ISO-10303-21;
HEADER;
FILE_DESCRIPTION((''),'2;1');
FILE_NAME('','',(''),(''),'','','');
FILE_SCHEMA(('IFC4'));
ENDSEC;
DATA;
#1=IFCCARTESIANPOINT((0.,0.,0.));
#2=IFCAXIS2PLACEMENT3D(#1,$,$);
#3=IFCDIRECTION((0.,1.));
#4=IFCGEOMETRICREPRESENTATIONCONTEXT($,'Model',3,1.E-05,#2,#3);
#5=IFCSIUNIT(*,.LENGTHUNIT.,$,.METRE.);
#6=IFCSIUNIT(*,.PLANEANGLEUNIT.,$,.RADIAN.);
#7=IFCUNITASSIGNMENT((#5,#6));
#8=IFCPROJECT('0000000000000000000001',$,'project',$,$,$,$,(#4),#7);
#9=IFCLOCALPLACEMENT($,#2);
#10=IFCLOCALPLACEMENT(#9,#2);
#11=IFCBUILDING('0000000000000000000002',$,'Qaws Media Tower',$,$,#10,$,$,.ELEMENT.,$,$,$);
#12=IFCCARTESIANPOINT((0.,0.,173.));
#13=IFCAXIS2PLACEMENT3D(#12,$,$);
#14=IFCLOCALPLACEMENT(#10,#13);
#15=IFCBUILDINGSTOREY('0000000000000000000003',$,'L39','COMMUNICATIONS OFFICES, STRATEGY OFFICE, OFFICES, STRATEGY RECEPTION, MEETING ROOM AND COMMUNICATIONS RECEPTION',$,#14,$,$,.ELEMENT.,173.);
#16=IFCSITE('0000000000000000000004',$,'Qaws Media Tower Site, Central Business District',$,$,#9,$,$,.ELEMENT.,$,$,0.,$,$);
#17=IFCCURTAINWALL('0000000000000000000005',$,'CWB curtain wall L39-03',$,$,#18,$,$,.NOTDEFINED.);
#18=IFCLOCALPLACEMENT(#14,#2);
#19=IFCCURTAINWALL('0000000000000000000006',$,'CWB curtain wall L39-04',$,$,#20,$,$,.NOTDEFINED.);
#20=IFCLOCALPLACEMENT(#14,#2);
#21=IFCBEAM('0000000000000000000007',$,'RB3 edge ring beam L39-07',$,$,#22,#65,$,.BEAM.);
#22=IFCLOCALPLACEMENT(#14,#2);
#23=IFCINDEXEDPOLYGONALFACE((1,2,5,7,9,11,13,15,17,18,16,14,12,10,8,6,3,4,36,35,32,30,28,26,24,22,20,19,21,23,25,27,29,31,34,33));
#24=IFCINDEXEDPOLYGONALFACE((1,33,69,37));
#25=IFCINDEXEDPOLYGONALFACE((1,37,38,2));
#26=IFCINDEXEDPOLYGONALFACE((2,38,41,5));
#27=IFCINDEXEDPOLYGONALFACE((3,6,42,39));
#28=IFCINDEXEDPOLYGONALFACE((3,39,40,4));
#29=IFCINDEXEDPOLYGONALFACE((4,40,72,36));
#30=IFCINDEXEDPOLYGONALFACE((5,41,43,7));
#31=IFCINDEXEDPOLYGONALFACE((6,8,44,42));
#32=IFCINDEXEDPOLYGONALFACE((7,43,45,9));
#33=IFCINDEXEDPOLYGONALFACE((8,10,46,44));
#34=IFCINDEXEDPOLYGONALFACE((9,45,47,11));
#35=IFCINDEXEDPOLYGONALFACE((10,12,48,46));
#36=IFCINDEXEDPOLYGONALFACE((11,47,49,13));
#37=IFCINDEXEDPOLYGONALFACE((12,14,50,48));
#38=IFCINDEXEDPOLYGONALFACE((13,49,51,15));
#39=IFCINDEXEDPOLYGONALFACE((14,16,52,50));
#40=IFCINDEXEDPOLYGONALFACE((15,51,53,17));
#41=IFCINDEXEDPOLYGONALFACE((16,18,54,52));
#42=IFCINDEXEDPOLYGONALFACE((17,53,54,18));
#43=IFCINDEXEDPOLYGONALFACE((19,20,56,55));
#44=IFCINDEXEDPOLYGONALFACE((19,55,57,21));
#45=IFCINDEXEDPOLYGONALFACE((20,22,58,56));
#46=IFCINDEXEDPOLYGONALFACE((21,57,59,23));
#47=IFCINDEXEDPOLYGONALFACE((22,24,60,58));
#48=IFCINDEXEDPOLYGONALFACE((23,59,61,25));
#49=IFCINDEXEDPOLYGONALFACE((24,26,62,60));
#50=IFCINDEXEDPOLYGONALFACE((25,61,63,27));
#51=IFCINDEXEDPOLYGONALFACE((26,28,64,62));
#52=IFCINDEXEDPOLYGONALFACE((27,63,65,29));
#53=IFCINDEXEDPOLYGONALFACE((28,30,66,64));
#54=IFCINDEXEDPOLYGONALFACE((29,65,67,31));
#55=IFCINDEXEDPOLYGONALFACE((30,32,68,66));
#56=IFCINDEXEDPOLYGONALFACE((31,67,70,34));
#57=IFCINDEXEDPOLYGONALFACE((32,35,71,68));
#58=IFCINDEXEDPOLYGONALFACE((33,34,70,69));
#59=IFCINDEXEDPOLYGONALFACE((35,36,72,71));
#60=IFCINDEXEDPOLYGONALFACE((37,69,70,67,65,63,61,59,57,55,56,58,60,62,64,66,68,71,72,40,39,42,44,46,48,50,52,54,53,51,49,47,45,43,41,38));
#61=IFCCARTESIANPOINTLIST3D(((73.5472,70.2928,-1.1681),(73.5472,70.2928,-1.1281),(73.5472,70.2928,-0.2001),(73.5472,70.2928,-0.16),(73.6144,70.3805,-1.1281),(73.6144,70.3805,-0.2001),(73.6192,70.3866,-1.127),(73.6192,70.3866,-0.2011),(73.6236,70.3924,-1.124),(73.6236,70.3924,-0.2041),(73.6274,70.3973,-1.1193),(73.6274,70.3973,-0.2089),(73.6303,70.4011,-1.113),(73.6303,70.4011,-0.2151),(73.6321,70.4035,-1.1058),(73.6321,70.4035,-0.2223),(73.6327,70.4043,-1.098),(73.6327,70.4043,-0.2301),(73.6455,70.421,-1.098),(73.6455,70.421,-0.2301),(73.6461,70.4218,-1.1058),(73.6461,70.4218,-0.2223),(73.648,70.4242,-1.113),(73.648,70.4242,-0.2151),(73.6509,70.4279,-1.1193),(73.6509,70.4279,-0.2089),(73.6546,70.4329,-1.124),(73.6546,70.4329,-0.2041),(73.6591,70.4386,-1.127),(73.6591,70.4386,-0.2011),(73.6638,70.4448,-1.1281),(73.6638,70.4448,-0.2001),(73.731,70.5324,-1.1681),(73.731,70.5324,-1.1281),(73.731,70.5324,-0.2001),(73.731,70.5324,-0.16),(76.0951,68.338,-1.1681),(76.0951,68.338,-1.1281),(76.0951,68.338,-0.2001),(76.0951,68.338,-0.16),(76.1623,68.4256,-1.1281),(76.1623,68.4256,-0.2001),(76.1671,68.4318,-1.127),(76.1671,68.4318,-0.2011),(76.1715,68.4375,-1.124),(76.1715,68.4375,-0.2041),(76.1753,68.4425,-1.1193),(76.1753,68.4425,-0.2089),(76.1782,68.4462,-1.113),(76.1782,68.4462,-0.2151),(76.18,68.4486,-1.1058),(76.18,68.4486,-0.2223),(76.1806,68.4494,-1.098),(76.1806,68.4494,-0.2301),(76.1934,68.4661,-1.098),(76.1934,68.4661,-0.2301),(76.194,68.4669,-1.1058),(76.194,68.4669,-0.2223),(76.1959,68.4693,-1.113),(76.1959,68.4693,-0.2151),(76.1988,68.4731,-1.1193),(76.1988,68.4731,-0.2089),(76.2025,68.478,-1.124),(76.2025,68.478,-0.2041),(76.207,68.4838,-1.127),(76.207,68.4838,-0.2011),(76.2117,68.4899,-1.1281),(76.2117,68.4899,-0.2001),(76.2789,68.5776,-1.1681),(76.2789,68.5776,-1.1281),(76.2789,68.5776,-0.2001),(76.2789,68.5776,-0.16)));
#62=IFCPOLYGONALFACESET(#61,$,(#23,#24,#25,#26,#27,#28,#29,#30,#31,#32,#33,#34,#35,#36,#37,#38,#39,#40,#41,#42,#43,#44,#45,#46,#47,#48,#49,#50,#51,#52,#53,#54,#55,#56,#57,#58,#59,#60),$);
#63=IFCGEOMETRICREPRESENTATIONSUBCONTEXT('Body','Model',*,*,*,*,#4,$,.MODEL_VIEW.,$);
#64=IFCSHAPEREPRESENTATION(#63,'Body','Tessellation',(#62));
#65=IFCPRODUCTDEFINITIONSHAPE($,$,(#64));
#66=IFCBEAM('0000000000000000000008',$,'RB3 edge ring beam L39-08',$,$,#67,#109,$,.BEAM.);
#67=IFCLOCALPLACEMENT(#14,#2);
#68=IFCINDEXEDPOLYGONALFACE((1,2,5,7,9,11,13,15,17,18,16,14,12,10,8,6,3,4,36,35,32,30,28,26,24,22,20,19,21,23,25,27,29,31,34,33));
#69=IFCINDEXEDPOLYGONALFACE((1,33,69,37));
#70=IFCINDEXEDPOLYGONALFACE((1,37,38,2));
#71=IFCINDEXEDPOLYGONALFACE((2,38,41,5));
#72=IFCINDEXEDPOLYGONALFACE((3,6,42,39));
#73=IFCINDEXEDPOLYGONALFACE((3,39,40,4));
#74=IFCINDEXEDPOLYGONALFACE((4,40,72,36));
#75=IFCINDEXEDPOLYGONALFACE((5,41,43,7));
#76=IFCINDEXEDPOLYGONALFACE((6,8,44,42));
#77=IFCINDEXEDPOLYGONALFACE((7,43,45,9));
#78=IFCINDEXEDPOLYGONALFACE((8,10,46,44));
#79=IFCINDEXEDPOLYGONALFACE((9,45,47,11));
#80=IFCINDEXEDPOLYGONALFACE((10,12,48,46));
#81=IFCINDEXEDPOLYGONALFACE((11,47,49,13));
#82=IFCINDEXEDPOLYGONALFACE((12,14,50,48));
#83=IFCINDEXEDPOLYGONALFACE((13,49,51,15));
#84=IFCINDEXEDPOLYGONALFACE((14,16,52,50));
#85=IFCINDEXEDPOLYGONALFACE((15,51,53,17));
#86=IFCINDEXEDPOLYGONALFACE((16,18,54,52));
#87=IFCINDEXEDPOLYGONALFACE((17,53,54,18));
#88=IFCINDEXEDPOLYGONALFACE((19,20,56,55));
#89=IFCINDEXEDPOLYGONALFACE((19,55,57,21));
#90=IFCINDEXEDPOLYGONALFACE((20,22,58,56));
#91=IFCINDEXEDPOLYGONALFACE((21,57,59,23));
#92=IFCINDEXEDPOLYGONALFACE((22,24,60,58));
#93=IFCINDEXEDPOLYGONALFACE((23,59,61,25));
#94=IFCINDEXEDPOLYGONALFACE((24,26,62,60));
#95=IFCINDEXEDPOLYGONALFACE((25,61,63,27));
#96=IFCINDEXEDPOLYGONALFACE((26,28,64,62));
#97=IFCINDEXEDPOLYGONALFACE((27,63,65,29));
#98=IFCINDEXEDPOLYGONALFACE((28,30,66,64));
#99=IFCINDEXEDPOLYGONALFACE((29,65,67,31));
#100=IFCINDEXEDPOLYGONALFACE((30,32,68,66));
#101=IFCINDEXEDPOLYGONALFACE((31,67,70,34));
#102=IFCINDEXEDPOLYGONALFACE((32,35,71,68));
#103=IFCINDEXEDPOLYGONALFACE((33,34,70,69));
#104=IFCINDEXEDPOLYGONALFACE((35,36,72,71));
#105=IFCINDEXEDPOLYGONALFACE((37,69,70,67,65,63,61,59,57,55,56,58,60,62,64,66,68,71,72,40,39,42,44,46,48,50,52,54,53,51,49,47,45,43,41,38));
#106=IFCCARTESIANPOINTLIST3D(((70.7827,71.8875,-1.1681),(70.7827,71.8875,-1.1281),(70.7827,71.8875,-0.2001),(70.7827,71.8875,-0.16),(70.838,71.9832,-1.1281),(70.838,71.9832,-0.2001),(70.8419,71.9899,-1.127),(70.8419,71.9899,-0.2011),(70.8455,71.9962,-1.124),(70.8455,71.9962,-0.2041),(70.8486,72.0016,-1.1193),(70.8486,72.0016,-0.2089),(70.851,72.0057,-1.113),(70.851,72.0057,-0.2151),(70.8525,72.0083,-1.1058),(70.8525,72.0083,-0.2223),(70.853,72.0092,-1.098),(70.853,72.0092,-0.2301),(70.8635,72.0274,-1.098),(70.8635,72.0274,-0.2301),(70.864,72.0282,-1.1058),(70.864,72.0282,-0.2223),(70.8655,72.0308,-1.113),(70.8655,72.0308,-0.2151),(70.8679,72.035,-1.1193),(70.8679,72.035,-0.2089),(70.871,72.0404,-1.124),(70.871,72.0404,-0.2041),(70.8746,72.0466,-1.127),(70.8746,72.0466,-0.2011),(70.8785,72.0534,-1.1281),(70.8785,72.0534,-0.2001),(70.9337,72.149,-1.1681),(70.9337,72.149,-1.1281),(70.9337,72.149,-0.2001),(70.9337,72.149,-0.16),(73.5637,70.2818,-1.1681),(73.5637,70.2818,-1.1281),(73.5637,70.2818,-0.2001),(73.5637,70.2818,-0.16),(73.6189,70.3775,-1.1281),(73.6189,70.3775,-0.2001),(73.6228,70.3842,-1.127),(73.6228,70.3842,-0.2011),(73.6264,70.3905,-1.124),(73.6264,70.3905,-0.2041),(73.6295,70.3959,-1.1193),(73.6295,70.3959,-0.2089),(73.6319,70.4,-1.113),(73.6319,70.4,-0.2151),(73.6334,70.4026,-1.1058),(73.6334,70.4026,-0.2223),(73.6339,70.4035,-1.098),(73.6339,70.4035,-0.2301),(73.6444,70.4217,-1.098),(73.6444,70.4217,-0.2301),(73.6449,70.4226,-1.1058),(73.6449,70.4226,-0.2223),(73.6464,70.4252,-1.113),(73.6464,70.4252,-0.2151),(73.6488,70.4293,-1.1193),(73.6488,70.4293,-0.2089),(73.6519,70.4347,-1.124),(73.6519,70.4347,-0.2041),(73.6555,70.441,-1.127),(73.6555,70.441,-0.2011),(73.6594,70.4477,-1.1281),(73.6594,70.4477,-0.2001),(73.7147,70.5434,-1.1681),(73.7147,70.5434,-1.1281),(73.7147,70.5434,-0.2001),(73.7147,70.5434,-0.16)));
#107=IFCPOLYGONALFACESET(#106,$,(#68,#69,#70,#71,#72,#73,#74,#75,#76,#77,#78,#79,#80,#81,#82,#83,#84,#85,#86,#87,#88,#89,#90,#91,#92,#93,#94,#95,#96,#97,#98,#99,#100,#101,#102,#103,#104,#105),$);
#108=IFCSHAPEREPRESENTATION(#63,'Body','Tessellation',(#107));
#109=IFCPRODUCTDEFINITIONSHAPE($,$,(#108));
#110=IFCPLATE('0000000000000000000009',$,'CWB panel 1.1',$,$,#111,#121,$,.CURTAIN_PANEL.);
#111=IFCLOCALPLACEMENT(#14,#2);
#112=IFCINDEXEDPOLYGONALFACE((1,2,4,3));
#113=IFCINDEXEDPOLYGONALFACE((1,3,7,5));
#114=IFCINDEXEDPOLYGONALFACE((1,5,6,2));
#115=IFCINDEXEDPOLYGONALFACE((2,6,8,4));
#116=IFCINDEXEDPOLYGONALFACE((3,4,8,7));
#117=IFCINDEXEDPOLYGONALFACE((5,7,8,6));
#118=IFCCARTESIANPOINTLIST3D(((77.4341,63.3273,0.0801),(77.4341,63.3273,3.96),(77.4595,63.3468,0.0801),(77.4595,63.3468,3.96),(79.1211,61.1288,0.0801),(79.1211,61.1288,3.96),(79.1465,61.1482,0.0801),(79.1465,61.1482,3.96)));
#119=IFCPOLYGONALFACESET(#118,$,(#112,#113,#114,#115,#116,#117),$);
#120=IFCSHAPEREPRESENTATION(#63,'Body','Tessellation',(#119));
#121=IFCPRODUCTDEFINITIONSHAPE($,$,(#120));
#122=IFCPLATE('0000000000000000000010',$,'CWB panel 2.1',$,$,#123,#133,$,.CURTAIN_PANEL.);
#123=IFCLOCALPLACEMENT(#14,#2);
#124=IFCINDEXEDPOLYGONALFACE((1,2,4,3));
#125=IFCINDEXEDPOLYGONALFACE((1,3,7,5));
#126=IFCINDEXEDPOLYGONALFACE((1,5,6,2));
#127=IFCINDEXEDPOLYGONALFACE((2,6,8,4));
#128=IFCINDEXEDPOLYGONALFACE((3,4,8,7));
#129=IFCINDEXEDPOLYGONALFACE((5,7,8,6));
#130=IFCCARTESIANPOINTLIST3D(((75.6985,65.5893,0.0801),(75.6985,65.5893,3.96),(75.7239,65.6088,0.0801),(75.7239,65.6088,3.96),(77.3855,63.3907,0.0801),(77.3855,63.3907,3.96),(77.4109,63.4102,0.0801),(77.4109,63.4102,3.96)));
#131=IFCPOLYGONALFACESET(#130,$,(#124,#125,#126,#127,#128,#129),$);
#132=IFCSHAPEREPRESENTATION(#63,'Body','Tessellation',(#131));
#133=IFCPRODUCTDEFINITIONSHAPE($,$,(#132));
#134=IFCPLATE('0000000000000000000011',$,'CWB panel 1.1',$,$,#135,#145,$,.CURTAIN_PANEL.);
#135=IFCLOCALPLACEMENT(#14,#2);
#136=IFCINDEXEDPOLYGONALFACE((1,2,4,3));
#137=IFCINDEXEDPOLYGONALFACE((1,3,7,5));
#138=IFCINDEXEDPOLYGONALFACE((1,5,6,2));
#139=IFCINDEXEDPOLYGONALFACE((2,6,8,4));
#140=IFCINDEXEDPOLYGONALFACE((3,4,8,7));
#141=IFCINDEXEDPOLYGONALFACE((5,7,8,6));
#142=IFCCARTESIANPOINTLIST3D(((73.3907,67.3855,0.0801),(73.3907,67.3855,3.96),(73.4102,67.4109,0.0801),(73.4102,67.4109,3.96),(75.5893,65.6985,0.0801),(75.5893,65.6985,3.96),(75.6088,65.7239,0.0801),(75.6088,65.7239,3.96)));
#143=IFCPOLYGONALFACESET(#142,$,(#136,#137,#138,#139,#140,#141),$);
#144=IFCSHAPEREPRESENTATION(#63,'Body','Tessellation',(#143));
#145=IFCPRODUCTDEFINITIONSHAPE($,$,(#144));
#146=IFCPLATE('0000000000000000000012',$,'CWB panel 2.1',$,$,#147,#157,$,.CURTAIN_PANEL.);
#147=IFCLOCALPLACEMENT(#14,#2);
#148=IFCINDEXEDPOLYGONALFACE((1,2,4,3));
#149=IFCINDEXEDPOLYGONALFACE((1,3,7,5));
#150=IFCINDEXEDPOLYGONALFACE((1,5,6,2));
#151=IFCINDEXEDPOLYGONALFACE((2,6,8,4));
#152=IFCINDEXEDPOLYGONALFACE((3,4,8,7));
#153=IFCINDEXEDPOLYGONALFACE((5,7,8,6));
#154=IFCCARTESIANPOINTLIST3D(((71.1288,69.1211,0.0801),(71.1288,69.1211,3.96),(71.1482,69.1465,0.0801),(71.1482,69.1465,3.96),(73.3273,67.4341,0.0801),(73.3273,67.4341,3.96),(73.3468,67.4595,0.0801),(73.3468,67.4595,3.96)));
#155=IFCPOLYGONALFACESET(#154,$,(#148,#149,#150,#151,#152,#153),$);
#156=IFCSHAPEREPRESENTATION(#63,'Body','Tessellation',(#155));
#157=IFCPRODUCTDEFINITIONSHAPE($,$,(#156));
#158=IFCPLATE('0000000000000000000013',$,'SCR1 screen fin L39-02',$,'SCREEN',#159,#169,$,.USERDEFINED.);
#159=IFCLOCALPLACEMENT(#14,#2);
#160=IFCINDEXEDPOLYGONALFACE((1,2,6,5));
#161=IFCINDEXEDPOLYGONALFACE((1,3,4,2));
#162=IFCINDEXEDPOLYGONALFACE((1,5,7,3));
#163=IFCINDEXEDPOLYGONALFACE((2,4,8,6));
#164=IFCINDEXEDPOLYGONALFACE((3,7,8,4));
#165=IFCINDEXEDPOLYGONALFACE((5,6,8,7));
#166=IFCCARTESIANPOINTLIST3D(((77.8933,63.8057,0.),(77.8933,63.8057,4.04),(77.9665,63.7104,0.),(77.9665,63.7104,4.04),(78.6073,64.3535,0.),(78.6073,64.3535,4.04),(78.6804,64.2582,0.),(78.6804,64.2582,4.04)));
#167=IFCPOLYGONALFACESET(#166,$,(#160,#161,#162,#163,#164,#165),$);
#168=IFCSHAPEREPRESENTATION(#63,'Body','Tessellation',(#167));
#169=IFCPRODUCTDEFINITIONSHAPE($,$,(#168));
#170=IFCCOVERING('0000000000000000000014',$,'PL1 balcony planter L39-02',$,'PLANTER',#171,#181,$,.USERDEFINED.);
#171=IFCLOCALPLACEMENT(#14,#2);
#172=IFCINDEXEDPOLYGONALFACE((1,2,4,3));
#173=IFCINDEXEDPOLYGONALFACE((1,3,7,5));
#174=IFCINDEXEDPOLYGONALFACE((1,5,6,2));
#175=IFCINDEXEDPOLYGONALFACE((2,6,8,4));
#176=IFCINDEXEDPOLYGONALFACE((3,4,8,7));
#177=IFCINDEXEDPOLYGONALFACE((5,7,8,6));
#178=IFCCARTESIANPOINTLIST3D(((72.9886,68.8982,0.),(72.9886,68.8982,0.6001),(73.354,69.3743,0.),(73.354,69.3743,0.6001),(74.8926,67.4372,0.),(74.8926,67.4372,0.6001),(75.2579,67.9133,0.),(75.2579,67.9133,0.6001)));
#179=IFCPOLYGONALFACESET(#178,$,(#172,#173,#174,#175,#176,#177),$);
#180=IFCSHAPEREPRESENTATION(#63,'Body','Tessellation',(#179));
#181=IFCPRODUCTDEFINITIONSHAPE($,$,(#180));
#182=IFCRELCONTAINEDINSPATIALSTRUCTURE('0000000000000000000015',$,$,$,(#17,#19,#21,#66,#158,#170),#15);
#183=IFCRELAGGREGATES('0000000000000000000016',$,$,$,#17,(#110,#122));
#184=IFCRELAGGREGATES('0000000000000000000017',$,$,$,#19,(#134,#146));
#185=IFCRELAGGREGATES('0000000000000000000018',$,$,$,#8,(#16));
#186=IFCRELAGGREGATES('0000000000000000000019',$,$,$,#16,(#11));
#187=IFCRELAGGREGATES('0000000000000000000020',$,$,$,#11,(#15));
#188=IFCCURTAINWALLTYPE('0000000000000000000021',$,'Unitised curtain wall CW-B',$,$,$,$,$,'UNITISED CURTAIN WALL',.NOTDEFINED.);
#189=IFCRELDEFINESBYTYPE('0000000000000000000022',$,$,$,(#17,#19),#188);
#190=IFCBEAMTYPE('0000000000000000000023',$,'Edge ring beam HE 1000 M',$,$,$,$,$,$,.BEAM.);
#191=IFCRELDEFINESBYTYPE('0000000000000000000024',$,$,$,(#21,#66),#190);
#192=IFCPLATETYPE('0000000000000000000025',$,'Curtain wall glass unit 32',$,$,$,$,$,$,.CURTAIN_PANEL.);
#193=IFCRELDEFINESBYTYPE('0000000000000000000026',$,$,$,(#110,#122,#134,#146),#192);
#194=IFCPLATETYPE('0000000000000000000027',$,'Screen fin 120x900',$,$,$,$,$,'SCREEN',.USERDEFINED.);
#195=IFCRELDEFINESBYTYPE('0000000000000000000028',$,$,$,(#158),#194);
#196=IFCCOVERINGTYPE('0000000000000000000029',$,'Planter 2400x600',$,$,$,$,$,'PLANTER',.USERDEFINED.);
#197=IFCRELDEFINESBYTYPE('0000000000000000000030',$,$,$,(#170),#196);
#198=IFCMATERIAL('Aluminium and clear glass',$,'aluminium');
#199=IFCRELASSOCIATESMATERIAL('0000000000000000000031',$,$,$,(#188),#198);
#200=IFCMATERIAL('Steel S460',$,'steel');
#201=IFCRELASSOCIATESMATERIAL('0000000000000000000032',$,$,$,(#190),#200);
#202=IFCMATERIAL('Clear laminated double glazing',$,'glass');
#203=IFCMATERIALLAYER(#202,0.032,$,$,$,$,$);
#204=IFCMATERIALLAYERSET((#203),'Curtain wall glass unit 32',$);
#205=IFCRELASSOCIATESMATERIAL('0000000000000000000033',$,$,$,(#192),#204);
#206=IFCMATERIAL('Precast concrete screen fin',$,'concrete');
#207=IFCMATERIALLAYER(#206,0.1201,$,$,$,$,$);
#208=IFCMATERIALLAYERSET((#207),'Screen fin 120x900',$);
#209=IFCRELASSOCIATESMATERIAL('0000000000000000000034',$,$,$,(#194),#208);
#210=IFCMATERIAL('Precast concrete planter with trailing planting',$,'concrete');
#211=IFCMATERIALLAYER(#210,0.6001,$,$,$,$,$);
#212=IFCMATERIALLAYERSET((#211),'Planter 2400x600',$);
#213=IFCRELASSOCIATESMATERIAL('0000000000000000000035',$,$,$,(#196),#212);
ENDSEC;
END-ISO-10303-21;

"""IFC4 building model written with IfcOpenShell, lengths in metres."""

from ifc_helpers import new_model, si_unit, direction, frame, origin, origin_2d, place, context, subcontext, project, spatial, rectangle, i_section, extrude, material, layer, layer_set, material_profile, profile_set, type_object, element, aggregate, save


model = new_model("IFC4")

# Units and contexts
model_context = context("Model", 3, precision=1e-05, world=origin(), true_north=direction((0.0, 1.0)))
body_context = subcontext(model_context, "Body", "Model", "MODEL_VIEW")
ifc_project = project(units=[si_unit("LENGTHUNIT", "METRE"), si_unit("PLANEANGLEUNIT", "RADIAN")], contexts=[model_context])

# Site, building, storey
site_placement = place(None, origin())
site = spatial("IfcSite", under=ifc_project, at=site_placement, Name="Qaws Media Tower Site, Central Business District", CompositionType="ELEMENT", RefElevation=0.0)
building_placement = place(site_placement, origin())
building = spatial("IfcBuilding", under=site, at=building_placement, Name="Qaws Media Tower", CompositionType="ELEMENT")
storey_placement = place(building_placement, frame((0.0, 0.0, 173.0)))
storey = spatial("IfcBuildingStorey", under=building, at=storey_placement, Name="L39", Description="COMMUNICATIONS OFFICES, STRATEGY OFFICE, OFFICES, STRATEGY RECEPTION, MEETING ROOM AND COMMUNICATIONS RECEPTION", CompositionType="ELEMENT", Elevation=173.0)

# Shared definitions
ifc_material_1 = material(Name="Aluminium and clear glass", Category="aluminium")
curtain_wall_type = type_object("IfcCurtainWallType", Name="Unitised curtain wall CW-B", ElementType="UNITISED CURTAIN WALL", PredefinedType="NOTDEFINED", material=ifc_material_1)

# Curtain walls
curtain_wall_1_placement = place(storey_placement, origin())
curtain_wall_1 = element("IfcCurtainWall", 1, at=curtain_wall_1_placement, inside=storey, type_object=curtain_wall_type, Name="CWB curtain wall L39-03", PredefinedType="NOTDEFINED")
curtain_wall_2_placement = place(storey_placement, origin())
curtain_wall_2 = element("IfcCurtainWall", 2, at=curtain_wall_2_placement, inside=storey, type_object=curtain_wall_type, Name="CWB curtain wall L39-04", PredefinedType="NOTDEFINED")

# Beams
ifc_material_2 = material(Name="Steel S460", Category="steel")
ifc_material_profile_1 = material_profile(ifc_material_2, i_section(OverallWidth=0.302, OverallDepth=1.0081, WebThickness=0.021, FlangeThickness=0.04, FilletRadius=0.03, at=origin_2d()), Name="HE 1000 M")
ifc_profile_set_1 = profile_set([ifc_material_profile_1], Name="Steel S460")
beam_type = type_object("IfcBeamType", Name="Edge ring beam HE 1000 M", PredefinedType="BEAM", material=ifc_profile_set_1)
for number, where, z_axis, x_axis, name in (
    (3, (76.187, 68.4578, -0.6641), (-0.793384, 0.608722, 0.0), (-0.608722, -0.793384, 0.0), "RB3 edge ring beam L39-07"),
):
    element("IfcBeam", number, at=place(storey_placement, frame(where, z_axis=z_axis, x_axis=x_axis)), inside=storey, type_object=beam_type, Name=name, PredefinedType="BEAM", context=body_context, shape_type="SweptSolid", body=[
        extrude(i_section(OverallWidth=0.302, OverallDepth=1.0081, WebThickness=0.021, FlangeThickness=0.04, FilletRadius=0.03, at=origin_2d()), origin(), (0.0, 0.0, 1.0), 3.2114),
    ])
beam_placement = place(storey_placement, frame((73.6392, 70.4126, -0.6641), z_axis=(-0.866012, 0.500023, 0.0), x_axis=(-0.500023, -0.866012, 0.0)))
element("IfcBeam", 4, at=beam_placement, inside=storey, type_object=beam_type, Name="RB3 edge ring beam L39-08", PredefinedType="BEAM", context=body_context, shape_type="SweptSolid", body=[
    extrude(i_section(OverallWidth=0.302, OverallDepth=1.0081, WebThickness=0.021, FlangeThickness=0.04, FilletRadius=0.03, at=origin_2d()), origin(), (0.0, 0.0, 1.0), 3.2112),
])

# Plates
ifc_material_3 = material(Name="Clear laminated double glazing", Category="glass")
ifc_layer_1 = layer(ifc_material_3, 0.032)
ifc_layer_set_1 = layer_set([ifc_layer_1], Name="Curtain wall glass unit 32")
plate_type_1 = type_object("IfcPlateType", Name="Curtain wall glass unit 32", PredefinedType="CURTAIN_PANEL", material=ifc_layer_set_1)
plate_1_placement = place(storey_placement, frame((78.2903, 62.2378, 0.0801), z_axis=(0.0, 0.0, 1.0), x_axis=(-0.608762, 0.793353, 0.0)))
plate_1 = element("IfcPlate", 5, at=plate_1_placement, type_object=plate_type_1, Name="CWB panel 1.1", PredefinedType="CURTAIN_PANEL", context=body_context, shape_type="SweptSolid", body=[
    extrude(rectangle(XDim=2.7712, YDim=0.032, at=origin_2d()), origin(), (0.0, 0.0, 1.0), 3.8799),
])
plate_2_placement = place(storey_placement, frame((76.5547, 64.4998, 0.0801), z_axis=(0.0, 0.0, 1.0), x_axis=(-0.608762, 0.793353, 0.0)))
plate_2 = element("IfcPlate", 6, at=plate_2_placement, type_object=plate_type_1, Name="CWB panel 2.1", PredefinedType="CURTAIN_PANEL", context=body_context, shape_type="SweptSolid", body=[
    extrude(rectangle(XDim=2.7712, YDim=0.032, at=origin_2d()), origin(), (0.0, 0.0, 1.0), 3.8799),
])
aggregate(curtain_wall_1, [plate_1, plate_2])
plate_3_placement = place(storey_placement, frame((74.4998, 66.5547, 0.0801), z_axis=(0.0, 0.0, 1.0), x_axis=(-0.793353, 0.608762, 0.0)))
plate_3 = element("IfcPlate", 7, at=plate_3_placement, type_object=plate_type_1, Name="CWB panel 1.1", PredefinedType="CURTAIN_PANEL", context=body_context, shape_type="SweptSolid", body=[
    extrude(rectangle(XDim=2.7712, YDim=0.032, at=origin_2d()), origin(), (0.0, 0.0, 1.0), 3.8799),
])
plate_4_placement = place(storey_placement, frame((72.2378, 68.2903, 0.0801), z_axis=(0.0, 0.0, 1.0), x_axis=(-0.793353, 0.608762, 0.0)))
plate_4 = element("IfcPlate", 8, at=plate_4_placement, type_object=plate_type_1, Name="CWB panel 2.1", PredefinedType="CURTAIN_PANEL", context=body_context, shape_type="SweptSolid", body=[
    extrude(rectangle(XDim=2.7712, YDim=0.032, at=origin_2d()), origin(), (0.0, 0.0, 1.0), 3.8799),
])
aggregate(curtain_wall_2, [plate_3, plate_4])
ifc_material_4 = material(Name="Precast concrete screen fin", Category="concrete")
ifc_layer_2 = layer(ifc_material_4, 0.1201)
ifc_layer_set_2 = layer_set([ifc_layer_2], Name="Screen fin 120x900")
plate_type_2 = type_object("IfcPlateType", Name="Screen fin 120x900", ElementType="SCREEN", PredefinedType="USERDEFINED", material=ifc_layer_set_2)
plate_5_placement = place(storey_placement, frame((78.2869, 64.032, 0.0), z_axis=(0.0, 0.0, 1.0), x_axis=(0.793353, 0.608761, 0.0)))
element("IfcPlate", 9, at=plate_5_placement, inside=storey, type_object=plate_type_2, Name="SCR1 screen fin L39-02", ObjectType="SCREEN", PredefinedType="USERDEFINED", context=body_context, shape_type="SweptSolid", body=[
    extrude(rectangle(XDim=0.8999, YDim=0.1201, at=origin_2d()), origin(), (0.0, 0.0, 1.0), 4.04),
])

# Covering
ifc_material_5 = material(Name="Precast concrete planter with trailing planting", Category="concrete")
ifc_layer_3 = layer(ifc_material_5, 0.6001)
ifc_layer_set_3 = layer_set([ifc_layer_3], Name="Planter 2400x600")
covering_type = type_object("IfcCoveringType", Name="Planter 2400x600", ElementType="PLANTER", PredefinedType="USERDEFINED", material=ifc_layer_set_3)
covering_placement = place(storey_placement, frame((74.1233, 68.4058, 0.0), z_axis=(0.0, 0.0, 1.0), x_axis=(-0.793353, 0.608761, 0.0)))
element("IfcCovering", 10, at=covering_placement, inside=storey, type_object=covering_type, Name="PL1 balcony planter L39-02", ObjectType="PLANTER", PredefinedType="USERDEFINED", context=body_context, shape_type="SweptSolid", body=[
    extrude(rectangle(XDim=2.3999, YDim=0.6001, at=origin_2d()), origin(), (0.0, 0.0, 1.0), 0.6001),
])

save(model, "model.ifc")
